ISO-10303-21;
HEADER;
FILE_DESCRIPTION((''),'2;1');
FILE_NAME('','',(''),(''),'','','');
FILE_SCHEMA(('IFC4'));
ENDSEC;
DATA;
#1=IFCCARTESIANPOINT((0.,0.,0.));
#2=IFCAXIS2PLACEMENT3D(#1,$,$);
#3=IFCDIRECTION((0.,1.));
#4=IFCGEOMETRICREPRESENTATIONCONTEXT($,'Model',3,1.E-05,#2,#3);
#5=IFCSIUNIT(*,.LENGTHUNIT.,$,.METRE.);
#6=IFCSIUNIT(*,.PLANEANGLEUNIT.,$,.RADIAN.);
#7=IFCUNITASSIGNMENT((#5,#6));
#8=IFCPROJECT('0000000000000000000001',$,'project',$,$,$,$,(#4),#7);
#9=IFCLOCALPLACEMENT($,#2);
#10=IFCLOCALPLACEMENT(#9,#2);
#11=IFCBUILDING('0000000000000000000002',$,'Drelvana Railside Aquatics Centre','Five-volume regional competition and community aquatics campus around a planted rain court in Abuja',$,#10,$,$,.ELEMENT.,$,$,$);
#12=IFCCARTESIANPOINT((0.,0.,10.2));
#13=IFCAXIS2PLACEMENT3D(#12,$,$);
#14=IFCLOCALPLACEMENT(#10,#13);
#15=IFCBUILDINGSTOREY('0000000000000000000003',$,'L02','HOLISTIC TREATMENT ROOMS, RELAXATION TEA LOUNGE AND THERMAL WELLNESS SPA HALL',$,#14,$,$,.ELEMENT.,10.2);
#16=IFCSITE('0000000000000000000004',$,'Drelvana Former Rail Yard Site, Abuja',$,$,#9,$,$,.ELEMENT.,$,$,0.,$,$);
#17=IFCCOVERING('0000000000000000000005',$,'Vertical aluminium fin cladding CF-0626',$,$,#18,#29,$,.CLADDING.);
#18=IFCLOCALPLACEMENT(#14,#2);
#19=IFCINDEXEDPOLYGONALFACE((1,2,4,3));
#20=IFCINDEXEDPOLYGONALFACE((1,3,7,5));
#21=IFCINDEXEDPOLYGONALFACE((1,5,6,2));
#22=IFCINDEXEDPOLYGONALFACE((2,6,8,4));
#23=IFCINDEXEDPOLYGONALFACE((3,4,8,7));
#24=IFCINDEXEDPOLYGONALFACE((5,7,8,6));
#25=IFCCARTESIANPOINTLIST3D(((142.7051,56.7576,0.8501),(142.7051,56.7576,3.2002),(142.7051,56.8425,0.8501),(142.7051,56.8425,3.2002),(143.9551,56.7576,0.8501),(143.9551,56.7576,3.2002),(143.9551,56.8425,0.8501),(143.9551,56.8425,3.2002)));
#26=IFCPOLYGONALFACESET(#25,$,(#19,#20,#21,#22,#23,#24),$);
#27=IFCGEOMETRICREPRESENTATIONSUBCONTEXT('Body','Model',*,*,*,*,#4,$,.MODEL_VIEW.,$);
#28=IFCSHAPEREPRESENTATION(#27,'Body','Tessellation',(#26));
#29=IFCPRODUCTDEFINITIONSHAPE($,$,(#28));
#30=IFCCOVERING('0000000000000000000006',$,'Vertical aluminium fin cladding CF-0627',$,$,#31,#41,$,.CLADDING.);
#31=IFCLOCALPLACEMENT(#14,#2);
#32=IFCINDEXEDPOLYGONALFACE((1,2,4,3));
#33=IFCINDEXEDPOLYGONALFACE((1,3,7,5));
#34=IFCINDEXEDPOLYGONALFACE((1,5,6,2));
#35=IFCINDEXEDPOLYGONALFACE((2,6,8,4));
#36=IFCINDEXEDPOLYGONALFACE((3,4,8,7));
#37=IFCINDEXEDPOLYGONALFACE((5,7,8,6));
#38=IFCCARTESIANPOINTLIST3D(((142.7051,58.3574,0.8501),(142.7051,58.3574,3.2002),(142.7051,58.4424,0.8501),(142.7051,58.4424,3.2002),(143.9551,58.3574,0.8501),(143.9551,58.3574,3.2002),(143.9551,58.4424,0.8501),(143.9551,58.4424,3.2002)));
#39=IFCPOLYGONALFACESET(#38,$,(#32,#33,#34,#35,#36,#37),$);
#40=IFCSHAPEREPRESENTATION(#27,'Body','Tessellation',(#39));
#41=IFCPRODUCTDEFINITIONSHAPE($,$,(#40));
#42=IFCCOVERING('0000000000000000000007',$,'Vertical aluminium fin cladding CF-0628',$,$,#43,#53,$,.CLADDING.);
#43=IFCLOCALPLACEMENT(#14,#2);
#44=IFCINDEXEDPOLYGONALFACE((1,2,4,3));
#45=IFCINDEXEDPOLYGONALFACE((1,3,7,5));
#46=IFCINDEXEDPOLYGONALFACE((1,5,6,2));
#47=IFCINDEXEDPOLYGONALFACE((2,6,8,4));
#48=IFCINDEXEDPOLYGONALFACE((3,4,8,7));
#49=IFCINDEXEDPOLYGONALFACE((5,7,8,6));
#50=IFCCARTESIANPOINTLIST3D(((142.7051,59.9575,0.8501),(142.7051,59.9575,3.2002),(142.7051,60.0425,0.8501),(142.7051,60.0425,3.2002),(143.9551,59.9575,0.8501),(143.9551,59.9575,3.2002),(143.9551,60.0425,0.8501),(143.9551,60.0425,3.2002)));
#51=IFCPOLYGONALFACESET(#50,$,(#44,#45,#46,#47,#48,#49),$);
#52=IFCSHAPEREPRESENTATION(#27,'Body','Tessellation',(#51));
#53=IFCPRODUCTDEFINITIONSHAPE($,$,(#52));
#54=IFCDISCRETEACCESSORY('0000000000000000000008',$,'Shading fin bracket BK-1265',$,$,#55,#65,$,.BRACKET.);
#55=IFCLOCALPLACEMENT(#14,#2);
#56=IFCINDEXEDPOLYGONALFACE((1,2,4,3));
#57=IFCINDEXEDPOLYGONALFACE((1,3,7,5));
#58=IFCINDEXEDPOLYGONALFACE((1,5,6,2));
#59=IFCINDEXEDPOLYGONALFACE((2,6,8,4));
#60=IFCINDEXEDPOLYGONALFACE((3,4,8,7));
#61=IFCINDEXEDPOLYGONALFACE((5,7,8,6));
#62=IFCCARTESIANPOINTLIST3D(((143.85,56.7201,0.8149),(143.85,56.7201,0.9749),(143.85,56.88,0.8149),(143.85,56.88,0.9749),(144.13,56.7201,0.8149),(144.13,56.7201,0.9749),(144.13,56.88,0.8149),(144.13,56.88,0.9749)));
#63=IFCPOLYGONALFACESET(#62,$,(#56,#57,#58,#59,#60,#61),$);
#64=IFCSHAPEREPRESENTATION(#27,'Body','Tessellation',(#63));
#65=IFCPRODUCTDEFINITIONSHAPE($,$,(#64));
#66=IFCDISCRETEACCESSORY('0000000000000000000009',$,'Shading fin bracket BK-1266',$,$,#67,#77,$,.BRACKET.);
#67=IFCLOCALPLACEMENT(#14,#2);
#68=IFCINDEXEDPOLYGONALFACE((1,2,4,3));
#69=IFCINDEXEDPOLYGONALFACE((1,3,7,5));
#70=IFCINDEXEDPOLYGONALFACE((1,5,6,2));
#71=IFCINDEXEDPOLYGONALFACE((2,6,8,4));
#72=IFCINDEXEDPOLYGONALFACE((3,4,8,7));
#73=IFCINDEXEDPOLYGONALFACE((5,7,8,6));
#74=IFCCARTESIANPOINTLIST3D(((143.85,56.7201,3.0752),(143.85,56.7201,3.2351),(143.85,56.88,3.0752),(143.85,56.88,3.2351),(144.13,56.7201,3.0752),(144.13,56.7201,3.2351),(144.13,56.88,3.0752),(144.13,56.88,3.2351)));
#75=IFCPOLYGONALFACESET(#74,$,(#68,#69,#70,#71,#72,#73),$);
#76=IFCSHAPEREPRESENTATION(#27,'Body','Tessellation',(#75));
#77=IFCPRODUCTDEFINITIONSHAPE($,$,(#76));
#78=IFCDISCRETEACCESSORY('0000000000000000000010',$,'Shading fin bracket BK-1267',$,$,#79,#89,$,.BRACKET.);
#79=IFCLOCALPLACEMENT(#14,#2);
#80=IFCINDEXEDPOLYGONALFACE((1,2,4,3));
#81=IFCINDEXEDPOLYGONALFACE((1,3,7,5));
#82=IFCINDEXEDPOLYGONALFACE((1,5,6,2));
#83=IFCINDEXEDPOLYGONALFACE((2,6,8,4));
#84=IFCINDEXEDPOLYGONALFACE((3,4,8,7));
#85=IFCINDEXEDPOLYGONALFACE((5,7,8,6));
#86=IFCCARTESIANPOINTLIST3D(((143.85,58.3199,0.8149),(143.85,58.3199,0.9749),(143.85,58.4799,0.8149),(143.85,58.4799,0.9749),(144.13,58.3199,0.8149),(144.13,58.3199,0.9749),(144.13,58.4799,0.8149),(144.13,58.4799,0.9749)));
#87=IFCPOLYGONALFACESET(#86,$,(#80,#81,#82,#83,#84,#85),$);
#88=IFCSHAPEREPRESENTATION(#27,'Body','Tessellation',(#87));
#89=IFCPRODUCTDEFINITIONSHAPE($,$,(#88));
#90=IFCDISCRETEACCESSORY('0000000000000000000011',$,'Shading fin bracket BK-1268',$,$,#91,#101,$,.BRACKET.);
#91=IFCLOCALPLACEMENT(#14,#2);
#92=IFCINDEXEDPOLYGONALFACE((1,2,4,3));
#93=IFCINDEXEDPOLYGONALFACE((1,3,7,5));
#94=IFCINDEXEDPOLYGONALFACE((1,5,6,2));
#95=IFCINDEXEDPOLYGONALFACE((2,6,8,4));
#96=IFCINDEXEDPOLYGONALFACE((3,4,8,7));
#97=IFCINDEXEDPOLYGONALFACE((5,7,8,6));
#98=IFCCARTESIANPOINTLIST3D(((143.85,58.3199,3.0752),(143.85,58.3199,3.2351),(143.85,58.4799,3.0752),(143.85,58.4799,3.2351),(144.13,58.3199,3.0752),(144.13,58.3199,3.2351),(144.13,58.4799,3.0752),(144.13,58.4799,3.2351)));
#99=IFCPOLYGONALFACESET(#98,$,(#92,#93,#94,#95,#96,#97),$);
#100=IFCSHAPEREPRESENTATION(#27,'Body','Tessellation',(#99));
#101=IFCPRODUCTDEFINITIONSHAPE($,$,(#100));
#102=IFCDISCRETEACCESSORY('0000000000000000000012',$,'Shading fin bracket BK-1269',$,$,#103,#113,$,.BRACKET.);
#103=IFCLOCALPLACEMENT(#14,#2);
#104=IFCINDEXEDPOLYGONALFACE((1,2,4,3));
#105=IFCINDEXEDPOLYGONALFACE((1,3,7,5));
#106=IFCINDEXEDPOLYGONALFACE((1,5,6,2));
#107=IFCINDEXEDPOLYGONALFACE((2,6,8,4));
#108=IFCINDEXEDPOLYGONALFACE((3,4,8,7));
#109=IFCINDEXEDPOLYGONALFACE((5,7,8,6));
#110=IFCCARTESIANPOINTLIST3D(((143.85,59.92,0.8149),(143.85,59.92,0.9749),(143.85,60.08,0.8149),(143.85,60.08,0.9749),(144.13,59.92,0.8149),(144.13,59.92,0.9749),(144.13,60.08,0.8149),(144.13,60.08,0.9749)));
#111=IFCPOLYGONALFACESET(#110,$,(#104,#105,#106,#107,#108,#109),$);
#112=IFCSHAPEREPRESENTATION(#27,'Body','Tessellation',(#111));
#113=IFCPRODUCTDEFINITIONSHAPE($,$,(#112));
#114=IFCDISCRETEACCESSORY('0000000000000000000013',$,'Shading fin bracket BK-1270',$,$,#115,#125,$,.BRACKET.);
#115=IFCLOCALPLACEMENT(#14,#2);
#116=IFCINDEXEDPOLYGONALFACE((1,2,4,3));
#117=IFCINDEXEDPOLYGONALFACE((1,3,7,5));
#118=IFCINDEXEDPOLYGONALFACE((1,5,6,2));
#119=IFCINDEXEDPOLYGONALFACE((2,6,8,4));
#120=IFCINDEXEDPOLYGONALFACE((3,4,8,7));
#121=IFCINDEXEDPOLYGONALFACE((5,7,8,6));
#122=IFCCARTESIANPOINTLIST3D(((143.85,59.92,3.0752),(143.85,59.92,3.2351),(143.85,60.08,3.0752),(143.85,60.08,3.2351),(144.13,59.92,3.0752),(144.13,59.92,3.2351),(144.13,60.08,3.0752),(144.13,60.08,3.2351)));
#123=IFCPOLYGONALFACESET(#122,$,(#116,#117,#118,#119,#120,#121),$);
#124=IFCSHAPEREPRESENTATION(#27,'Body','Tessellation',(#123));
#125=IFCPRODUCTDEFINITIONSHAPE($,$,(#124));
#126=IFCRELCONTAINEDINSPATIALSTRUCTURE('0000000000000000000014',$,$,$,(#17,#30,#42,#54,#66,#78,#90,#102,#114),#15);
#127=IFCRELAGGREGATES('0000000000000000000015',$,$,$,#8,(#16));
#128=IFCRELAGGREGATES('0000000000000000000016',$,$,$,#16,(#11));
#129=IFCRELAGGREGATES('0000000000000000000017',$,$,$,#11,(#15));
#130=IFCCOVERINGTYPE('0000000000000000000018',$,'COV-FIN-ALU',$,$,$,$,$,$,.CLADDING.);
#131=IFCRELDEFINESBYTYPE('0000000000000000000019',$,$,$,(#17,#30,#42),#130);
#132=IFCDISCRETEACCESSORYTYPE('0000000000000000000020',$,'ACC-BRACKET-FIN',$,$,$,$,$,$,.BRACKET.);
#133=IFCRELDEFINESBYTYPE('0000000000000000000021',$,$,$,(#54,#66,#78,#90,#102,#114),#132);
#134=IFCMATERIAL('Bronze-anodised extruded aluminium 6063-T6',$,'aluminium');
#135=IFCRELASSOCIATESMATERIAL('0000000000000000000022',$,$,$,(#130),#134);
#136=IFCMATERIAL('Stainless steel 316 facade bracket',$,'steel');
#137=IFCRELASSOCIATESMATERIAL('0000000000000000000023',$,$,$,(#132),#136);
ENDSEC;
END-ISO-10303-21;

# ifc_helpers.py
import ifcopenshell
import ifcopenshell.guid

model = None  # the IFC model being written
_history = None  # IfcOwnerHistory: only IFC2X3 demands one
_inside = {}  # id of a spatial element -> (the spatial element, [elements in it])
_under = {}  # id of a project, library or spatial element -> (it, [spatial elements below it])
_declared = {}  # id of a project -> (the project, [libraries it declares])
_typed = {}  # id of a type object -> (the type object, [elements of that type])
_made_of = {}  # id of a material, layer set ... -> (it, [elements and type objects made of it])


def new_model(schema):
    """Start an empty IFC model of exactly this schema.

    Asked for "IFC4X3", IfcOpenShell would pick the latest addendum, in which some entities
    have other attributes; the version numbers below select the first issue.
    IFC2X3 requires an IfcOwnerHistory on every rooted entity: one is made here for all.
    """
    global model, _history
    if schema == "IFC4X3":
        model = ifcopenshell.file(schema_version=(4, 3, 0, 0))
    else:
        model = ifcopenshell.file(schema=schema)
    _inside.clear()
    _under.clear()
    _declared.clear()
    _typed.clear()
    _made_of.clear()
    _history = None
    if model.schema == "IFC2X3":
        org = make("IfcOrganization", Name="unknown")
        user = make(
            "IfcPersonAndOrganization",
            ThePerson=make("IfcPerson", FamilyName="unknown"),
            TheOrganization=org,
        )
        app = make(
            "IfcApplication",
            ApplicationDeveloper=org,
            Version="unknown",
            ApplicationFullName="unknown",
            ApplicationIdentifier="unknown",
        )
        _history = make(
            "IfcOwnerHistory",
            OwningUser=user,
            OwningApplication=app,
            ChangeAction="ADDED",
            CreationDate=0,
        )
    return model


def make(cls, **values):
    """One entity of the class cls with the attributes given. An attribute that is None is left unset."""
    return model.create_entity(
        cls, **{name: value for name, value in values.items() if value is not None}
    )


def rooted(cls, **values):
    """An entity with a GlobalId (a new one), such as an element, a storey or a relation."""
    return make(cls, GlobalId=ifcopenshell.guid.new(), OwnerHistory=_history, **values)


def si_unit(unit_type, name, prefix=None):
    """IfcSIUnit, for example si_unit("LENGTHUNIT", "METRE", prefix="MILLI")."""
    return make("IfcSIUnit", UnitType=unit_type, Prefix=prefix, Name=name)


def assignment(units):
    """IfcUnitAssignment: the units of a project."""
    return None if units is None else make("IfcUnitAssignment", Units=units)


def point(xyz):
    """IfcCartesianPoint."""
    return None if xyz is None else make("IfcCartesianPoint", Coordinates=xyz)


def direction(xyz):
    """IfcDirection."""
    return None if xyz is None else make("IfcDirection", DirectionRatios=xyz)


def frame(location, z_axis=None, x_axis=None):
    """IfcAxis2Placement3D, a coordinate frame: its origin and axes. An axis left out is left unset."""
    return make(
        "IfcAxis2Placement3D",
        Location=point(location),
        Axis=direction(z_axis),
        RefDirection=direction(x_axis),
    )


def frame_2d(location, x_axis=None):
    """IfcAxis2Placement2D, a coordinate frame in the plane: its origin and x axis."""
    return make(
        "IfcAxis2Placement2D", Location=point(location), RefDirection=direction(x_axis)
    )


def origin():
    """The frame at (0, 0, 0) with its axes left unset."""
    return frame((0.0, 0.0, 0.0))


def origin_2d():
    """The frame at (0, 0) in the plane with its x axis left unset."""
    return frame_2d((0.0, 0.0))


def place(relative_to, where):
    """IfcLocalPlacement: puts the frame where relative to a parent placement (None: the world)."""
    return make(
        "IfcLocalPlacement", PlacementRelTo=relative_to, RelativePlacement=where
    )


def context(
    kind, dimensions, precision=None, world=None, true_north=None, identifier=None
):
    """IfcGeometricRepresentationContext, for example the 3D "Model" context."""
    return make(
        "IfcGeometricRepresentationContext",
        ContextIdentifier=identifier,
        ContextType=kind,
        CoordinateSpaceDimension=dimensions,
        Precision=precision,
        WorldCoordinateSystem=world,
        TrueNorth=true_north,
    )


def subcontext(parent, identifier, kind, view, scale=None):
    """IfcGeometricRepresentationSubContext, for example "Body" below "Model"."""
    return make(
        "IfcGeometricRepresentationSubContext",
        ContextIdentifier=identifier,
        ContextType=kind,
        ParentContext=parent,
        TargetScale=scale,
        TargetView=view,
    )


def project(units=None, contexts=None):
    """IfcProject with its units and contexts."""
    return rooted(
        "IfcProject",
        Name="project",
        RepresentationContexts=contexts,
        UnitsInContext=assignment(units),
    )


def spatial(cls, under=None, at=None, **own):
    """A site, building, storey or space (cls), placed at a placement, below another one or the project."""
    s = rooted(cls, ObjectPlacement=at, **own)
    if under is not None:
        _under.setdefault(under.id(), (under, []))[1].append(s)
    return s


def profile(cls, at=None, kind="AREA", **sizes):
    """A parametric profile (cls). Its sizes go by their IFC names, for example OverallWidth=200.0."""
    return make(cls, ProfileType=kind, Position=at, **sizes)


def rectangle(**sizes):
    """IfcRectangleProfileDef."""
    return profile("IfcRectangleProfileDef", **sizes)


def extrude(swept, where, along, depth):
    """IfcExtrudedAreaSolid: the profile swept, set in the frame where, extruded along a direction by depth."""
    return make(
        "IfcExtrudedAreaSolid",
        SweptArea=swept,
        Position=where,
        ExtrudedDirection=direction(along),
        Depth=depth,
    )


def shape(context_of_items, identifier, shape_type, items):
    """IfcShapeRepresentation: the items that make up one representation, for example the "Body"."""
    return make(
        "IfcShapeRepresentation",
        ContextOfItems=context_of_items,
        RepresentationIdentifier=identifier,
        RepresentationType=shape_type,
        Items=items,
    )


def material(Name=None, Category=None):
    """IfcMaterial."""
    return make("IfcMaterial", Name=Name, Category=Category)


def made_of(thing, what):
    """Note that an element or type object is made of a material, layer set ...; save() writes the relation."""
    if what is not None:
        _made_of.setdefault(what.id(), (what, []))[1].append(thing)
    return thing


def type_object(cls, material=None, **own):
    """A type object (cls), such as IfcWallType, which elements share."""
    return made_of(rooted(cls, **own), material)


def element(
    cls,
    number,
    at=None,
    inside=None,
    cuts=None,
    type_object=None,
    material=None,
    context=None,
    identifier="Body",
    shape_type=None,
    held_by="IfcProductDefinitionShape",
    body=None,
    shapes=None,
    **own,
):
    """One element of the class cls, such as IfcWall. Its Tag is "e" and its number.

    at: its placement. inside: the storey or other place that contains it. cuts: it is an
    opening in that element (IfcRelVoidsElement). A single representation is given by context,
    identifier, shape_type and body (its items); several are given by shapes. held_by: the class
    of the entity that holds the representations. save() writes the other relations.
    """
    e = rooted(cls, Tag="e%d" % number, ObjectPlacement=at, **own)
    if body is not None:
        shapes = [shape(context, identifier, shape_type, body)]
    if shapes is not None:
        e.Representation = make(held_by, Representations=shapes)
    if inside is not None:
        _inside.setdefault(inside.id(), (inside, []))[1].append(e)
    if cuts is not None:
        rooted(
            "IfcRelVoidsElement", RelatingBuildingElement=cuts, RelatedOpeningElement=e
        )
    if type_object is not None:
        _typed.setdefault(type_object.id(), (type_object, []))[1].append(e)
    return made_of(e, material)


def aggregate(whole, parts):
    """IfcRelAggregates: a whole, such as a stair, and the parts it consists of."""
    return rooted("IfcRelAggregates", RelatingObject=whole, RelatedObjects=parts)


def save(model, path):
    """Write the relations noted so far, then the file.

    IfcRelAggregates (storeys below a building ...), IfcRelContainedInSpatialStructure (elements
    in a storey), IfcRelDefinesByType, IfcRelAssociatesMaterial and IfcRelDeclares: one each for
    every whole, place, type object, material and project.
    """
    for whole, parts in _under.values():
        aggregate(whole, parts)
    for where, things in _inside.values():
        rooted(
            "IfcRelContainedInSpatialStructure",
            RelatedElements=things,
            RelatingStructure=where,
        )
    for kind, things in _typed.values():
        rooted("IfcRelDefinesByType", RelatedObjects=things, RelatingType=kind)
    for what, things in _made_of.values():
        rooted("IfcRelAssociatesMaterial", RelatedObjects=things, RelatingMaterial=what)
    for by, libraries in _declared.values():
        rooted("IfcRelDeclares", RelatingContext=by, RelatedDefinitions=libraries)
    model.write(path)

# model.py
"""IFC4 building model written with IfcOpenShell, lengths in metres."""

from ifc_helpers import new_model, si_unit, direction, frame, origin, origin_2d, place, context, subcontext, project, spatial, rectangle, extrude, material, type_object, element, save


model = new_model("IFC4")

# Units and contexts
model_context = context("Model", 3, precision=1e-05, world=origin(), true_north=direction((0.0, 1.0)))
body_context = subcontext(model_context, "Body", "Model", "MODEL_VIEW")
ifc_project = project(units=[si_unit("LENGTHUNIT", "METRE"), si_unit("PLANEANGLEUNIT", "RADIAN")], contexts=[model_context])

# Site, building, storey
site_placement = place(None, origin())
site = spatial("IfcSite", under=ifc_project, at=site_placement, Name="Drelvana Former Rail Yard Site, Abuja", CompositionType="ELEMENT", RefElevation=0.0)
building_placement = place(site_placement, origin())
building = spatial("IfcBuilding", under=site, at=building_placement, Name="Drelvana Railside Aquatics Centre", Description="Five-volume regional competition and community aquatics campus around a planted rain court in Abuja", CompositionType="ELEMENT")
storey_placement = place(building_placement, frame((0.0, 0.0, 10.2)))
storey = spatial("IfcBuildingStorey", under=building, at=storey_placement, Name="L02", Description="HOLISTIC TREATMENT ROOMS, RELAXATION TEA LOUNGE AND THERMAL WELLNESS SPA HALL", CompositionType="ELEMENT", Elevation=10.2)

# Coverings
ifc_material_1 = material(Name="Bronze-anodised extruded aluminium 6063-T6", Category="aluminium")
covering_type = type_object("IfcCoveringType", Name="COV-FIN-ALU", PredefinedType="CLADDING", material=ifc_material_1)
for number, where, z_axis, x_axis, name in (
    (1, (143.3301, 56.8, 0.8501), (0.0, 0.0, 1.0), (0.0, 1.0, 0.0), "Vertical aluminium fin cladding CF-0626"),
    (2, (143.3301, 58.3999, 0.8501), (0.0, 0.0, 1.0), (0.0, 1.0, 0.0), "Vertical aluminium fin cladding CF-0627"),
    (3, (143.3301, 60.0, 0.8501), (0.0, 0.0, 1.0), (0.0, 1.0, 0.0), "Vertical aluminium fin cladding CF-0628"),
):
    element("IfcCovering", number, at=place(storey_placement, frame(where, z_axis=z_axis, x_axis=x_axis)), inside=storey, type_object=covering_type, Name=name, PredefinedType="CLADDING", context=body_context, shape_type="SweptSolid", body=[
        extrude(rectangle(XDim=0.085, YDim=1.25, at=origin_2d()), origin(), (0.0, 0.0, 1.0), 2.3501),
    ])

# Discrete accessories
ifc_material_2 = material(Name="Stainless steel 316 facade bracket", Category="steel")
discrete_accessory_type = type_object("IfcDiscreteAccessoryType", Name="ACC-BRACKET-FIN", PredefinedType="BRACKET", material=ifc_material_2)
for number, where, z_axis, x_axis, name in (
    (4, (143.99, 56.8, 0.8149), (0.0, 0.0, 1.0), (-1.0, 0.0, 0.0), "Shading fin bracket BK-1265"),
    (5, (143.99, 56.8, 3.0752), (0.0, 0.0, 1.0), (-1.0, 0.0, 0.0), "Shading fin bracket BK-1266"),
    (6, (143.99, 58.3999, 0.8149), (0.0, 0.0, 1.0), (-1.0, 0.0, 0.0), "Shading fin bracket BK-1267"),
    (7, (143.99, 58.3999, 3.0752), (0.0, 0.0, 1.0), (-1.0, 0.0, 0.0), "Shading fin bracket BK-1268"),
    (8, (143.99, 60.0, 0.8149), (0.0, 0.0, 1.0), (-1.0, 0.0, 0.0), "Shading fin bracket BK-1269"),
    (9, (143.99, 60.0, 3.0752), (0.0, 0.0, 1.0), (-1.0, 0.0, 0.0), "Shading fin bracket BK-1270"),
):
    element("IfcDiscreteAccessory", number, at=place(storey_placement, frame(where, z_axis=z_axis, x_axis=x_axis)), inside=storey, type_object=discrete_accessory_type, Name=name, PredefinedType="BRACKET", context=body_context, shape_type="SweptSolid", body=[
        extrude(rectangle(XDim=0.28, YDim=0.1599, at=origin_2d()), origin(), (0.0, 0.0, 1.0), 0.1599),
    ])

save(model, "model.ifc")
